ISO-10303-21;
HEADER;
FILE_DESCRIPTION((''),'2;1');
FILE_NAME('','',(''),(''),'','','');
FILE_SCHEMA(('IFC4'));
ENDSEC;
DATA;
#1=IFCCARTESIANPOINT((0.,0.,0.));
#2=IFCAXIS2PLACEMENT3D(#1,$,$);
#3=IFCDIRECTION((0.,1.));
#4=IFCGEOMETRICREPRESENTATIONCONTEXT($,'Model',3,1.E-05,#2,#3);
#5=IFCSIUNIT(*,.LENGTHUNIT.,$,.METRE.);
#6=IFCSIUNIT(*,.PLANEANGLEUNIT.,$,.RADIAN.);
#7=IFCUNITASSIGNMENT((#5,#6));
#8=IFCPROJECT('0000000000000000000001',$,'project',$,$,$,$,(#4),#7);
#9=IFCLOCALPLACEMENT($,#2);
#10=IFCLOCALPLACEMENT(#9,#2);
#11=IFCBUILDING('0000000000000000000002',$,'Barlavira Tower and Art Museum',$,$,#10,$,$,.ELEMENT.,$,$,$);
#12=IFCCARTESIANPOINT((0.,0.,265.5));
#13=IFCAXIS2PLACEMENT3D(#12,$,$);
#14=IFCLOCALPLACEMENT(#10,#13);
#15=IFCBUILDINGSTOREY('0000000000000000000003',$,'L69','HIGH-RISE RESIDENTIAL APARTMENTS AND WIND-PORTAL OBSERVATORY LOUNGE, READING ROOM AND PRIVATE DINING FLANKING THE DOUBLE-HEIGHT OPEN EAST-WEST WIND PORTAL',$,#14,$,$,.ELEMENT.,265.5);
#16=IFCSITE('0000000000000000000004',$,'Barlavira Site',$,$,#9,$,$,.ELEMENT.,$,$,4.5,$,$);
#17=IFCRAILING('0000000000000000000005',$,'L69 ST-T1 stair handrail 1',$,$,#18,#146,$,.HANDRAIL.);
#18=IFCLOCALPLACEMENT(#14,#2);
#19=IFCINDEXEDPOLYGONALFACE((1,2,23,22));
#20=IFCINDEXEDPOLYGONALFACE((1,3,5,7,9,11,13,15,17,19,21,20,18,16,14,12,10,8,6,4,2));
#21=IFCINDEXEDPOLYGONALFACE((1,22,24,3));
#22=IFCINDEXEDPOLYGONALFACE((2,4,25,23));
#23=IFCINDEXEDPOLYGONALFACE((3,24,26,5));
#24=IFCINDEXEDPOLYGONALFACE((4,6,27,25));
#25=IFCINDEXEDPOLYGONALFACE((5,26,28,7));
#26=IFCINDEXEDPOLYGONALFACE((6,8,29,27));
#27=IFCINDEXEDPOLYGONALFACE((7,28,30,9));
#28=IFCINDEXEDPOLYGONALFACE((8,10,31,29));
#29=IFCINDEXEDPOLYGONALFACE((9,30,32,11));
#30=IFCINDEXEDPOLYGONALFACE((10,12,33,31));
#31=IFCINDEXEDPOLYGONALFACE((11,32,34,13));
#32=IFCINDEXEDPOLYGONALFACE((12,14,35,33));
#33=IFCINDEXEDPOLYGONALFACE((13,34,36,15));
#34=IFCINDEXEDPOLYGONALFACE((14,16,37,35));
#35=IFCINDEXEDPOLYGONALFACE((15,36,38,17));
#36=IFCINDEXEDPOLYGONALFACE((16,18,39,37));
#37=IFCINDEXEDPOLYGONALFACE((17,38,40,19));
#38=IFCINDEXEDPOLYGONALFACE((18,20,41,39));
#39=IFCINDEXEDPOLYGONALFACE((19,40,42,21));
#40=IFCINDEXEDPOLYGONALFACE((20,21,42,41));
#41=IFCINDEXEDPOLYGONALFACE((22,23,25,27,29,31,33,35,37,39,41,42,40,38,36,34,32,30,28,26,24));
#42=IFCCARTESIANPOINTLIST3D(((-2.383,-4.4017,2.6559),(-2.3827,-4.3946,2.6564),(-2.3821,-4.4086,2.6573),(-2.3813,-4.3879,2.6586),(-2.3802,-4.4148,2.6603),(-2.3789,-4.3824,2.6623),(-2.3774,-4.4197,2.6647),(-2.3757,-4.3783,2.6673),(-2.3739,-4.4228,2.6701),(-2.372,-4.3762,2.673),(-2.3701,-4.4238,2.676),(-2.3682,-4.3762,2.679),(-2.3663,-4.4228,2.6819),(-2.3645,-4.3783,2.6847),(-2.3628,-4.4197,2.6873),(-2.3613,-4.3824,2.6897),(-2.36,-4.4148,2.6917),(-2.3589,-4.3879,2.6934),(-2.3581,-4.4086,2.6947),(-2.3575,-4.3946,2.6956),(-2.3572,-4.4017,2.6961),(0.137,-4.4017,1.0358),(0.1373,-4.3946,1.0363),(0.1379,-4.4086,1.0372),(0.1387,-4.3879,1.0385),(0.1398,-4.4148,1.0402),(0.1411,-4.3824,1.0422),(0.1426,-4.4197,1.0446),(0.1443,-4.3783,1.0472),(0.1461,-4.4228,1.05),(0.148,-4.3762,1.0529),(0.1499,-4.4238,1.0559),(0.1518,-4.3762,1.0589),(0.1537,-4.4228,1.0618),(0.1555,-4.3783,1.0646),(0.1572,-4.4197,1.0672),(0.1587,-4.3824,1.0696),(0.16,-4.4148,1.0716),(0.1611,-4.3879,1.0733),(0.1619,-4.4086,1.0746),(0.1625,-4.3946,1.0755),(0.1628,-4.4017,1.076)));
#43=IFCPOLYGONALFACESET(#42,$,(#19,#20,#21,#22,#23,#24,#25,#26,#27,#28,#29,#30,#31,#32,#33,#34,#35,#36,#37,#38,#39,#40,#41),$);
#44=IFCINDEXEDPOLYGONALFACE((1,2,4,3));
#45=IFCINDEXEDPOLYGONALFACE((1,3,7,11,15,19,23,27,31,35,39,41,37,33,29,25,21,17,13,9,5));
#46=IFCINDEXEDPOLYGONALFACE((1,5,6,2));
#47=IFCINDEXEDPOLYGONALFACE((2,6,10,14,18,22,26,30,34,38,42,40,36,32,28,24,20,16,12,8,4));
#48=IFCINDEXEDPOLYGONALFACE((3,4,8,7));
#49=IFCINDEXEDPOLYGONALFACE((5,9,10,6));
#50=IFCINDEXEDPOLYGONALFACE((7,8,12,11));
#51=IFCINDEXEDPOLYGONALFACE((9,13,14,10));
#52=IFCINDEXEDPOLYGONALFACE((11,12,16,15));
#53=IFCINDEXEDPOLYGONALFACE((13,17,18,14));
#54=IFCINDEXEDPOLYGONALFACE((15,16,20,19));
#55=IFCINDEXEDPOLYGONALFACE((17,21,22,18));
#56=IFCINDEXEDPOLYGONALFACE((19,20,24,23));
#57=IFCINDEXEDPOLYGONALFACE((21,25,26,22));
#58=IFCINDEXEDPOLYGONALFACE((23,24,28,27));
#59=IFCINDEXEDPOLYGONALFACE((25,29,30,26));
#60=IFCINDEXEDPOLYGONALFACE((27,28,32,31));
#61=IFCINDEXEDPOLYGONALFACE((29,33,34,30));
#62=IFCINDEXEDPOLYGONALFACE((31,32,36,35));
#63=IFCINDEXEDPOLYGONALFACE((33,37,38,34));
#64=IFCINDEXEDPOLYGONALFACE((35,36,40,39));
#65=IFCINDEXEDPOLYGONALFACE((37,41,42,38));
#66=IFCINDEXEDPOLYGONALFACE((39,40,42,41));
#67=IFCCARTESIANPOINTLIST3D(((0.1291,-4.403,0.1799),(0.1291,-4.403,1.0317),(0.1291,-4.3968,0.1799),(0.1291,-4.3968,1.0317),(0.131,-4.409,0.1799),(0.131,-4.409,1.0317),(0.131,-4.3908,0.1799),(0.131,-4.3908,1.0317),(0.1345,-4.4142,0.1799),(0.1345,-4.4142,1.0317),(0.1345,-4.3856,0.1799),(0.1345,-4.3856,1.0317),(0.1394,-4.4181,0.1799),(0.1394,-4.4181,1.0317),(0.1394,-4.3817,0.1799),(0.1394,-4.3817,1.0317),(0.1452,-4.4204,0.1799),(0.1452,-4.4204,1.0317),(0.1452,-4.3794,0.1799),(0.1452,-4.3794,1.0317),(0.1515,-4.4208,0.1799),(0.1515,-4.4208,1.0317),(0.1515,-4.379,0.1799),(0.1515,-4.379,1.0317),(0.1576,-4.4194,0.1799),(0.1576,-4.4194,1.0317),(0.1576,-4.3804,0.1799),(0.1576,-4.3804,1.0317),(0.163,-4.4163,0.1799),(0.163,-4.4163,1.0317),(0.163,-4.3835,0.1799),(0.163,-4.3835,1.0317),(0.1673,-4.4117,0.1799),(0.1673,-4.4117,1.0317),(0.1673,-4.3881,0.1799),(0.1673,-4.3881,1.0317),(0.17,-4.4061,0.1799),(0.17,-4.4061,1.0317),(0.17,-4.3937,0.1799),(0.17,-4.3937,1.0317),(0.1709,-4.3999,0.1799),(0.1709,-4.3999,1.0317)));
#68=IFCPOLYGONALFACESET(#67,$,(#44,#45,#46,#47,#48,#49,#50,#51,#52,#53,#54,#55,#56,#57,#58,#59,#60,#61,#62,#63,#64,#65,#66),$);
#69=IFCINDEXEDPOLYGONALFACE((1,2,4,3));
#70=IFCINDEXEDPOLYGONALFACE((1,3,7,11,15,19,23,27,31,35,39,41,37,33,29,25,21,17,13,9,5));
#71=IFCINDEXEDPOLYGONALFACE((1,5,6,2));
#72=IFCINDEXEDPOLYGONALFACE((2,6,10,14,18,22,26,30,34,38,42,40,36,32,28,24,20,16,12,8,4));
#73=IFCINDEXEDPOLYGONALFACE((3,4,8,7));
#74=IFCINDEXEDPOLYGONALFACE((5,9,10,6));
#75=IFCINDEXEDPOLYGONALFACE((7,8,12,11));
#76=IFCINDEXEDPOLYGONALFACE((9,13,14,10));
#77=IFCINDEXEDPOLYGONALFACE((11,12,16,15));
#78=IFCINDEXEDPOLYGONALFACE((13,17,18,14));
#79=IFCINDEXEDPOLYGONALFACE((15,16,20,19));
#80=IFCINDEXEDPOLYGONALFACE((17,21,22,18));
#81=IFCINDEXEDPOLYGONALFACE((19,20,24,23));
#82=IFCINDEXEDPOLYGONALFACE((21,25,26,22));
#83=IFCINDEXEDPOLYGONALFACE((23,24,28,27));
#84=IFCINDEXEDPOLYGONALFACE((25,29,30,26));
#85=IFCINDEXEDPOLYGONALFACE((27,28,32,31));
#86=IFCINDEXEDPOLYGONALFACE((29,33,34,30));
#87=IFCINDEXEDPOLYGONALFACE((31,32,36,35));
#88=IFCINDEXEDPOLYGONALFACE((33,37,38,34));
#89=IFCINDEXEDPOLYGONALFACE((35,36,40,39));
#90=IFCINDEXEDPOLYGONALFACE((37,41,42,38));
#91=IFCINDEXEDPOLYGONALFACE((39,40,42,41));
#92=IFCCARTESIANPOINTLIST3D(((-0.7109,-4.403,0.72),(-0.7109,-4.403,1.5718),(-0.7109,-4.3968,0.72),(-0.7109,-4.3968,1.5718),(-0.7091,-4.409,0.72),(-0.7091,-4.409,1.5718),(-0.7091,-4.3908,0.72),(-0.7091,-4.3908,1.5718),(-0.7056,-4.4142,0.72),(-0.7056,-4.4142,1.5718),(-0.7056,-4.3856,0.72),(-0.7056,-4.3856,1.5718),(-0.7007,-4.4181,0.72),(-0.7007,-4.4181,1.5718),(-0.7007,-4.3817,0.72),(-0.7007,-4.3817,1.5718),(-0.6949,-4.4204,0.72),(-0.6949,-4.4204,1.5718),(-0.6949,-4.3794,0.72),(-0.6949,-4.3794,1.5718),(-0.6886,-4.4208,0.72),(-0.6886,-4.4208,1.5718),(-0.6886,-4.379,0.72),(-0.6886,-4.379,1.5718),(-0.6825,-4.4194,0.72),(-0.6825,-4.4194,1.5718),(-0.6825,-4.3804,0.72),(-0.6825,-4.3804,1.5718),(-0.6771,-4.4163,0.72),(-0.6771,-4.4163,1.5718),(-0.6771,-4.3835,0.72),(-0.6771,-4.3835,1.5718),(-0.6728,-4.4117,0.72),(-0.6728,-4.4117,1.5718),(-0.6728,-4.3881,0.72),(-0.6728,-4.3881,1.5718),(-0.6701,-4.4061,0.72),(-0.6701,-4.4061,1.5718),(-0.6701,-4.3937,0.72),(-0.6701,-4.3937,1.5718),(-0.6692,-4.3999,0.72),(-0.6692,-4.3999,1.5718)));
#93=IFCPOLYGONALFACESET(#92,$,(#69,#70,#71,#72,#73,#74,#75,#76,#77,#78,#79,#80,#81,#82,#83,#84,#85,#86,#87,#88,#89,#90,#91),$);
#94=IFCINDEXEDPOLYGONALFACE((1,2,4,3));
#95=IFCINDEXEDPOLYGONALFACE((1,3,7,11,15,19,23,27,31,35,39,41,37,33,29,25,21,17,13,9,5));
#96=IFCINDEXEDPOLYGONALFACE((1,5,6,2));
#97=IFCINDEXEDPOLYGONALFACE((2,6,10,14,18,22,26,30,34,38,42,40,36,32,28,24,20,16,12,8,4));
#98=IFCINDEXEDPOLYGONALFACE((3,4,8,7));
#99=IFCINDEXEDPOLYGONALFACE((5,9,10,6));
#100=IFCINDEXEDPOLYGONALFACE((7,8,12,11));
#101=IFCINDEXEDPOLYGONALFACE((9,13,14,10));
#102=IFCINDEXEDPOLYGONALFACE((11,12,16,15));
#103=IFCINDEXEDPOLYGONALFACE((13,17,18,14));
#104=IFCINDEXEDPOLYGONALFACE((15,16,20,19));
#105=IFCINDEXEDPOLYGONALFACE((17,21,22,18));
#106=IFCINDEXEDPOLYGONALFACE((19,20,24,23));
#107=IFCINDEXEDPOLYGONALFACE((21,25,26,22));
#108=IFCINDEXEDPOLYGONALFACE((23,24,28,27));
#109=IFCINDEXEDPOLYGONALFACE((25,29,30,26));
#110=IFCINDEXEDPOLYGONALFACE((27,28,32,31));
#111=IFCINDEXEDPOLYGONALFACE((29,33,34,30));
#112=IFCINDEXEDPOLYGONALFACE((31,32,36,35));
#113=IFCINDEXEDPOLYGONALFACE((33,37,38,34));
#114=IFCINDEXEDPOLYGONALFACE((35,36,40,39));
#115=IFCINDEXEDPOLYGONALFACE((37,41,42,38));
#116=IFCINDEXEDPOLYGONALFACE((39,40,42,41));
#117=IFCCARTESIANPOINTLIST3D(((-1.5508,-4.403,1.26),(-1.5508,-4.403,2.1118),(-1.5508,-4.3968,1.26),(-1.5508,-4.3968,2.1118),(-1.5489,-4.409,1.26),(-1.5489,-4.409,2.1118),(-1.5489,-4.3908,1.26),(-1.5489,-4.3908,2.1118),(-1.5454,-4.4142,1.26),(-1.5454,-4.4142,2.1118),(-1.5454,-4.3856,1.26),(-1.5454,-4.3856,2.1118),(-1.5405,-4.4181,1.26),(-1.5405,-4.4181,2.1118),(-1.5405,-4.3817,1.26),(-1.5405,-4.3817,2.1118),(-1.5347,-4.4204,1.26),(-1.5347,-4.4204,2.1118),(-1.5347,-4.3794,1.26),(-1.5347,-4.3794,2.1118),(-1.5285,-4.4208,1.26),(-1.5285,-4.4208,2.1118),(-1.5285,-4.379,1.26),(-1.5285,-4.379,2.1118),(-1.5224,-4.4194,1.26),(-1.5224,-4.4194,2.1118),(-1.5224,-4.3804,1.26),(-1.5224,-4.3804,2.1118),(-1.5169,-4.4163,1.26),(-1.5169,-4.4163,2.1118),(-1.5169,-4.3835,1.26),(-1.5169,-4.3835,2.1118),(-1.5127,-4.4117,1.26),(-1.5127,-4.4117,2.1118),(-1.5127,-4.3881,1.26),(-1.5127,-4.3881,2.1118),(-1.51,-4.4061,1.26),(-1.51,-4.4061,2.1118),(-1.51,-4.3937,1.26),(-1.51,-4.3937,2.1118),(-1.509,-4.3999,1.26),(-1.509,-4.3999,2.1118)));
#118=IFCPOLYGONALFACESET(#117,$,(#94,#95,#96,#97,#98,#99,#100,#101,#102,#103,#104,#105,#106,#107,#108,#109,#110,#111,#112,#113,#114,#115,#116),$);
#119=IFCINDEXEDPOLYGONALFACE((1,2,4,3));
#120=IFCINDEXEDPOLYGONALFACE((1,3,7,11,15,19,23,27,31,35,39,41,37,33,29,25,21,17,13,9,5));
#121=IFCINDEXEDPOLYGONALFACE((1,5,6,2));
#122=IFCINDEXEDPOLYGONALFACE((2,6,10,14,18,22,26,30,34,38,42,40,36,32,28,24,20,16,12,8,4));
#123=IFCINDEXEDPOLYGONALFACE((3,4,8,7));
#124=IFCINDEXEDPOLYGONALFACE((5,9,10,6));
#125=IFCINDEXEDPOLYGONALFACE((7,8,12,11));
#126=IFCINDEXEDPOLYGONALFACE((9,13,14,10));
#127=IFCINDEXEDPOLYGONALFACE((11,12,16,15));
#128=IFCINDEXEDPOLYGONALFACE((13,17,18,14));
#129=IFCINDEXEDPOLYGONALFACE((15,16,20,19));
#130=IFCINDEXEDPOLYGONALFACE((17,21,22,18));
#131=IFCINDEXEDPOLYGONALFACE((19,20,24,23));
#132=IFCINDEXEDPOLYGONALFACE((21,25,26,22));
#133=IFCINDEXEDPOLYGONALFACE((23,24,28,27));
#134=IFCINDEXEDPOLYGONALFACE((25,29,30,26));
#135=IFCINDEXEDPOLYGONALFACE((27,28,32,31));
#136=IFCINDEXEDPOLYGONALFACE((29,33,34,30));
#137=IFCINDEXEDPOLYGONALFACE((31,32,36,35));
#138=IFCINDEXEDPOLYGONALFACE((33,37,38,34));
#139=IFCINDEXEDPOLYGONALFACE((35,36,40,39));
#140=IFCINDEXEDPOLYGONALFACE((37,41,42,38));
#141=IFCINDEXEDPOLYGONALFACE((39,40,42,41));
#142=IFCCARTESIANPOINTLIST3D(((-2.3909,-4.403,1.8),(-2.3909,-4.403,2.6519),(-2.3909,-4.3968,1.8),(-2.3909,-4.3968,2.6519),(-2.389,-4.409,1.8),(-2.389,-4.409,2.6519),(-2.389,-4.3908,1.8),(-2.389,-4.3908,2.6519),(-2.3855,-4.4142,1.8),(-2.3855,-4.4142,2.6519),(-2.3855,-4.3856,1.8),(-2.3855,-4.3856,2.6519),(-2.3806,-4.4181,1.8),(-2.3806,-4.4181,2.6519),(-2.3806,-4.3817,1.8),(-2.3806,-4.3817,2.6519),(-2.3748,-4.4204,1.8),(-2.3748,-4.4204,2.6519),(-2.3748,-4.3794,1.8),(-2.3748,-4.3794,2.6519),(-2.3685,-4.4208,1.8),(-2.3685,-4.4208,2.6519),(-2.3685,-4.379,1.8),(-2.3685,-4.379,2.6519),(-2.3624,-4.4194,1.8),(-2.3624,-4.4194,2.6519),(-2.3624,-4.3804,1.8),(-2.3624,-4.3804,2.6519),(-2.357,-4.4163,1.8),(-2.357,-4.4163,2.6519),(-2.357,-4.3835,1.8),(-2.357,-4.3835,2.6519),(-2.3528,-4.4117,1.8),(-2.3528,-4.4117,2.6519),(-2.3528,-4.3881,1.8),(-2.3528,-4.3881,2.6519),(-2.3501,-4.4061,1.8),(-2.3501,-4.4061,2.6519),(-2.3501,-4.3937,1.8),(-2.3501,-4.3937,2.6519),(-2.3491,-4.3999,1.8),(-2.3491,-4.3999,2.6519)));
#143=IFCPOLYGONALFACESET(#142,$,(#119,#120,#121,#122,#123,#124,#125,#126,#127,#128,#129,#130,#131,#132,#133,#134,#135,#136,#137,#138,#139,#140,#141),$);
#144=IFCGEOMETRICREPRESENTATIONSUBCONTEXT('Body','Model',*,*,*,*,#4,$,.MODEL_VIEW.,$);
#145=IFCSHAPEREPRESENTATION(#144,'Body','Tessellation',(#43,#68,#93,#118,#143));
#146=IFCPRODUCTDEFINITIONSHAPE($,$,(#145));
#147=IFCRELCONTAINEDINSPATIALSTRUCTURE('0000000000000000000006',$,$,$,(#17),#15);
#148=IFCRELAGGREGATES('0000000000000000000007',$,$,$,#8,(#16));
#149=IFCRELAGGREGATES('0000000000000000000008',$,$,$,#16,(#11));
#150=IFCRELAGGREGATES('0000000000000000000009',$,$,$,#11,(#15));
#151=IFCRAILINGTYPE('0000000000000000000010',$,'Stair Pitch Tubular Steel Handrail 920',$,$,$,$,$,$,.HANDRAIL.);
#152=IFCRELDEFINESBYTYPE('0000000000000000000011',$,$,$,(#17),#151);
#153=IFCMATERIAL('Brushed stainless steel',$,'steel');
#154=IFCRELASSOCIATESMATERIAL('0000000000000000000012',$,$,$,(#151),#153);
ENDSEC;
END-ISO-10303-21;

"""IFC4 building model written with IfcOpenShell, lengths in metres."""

from ifc_helpers import new_model, si_unit, direction, frame, origin, origin_2d, place, context, subcontext, project, spatial, circle, extrude, material, type_object, element, save


model = new_model("IFC4")

# Units and contexts
model_context = context("Model", 3, precision=1e-05, world=origin(), true_north=direction((0.0, 1.0)))
body_context = subcontext(model_context, "Body", "Model", "MODEL_VIEW")
ifc_project = project(units=[si_unit("LENGTHUNIT", "METRE"), si_unit("PLANEANGLEUNIT", "RADIAN")], contexts=[model_context])

# Site, building, storey
site_placement = place(None, origin())
site = spatial("IfcSite", under=ifc_project, at=site_placement, Name="Barlavira Site", CompositionType="ELEMENT", RefElevation=4.5)
building_placement = place(site_placement, origin())
building = spatial("IfcBuilding", under=site, at=building_placement, Name="Barlavira Tower and Art Museum", CompositionType="ELEMENT")
storey_placement = place(building_placement, frame((0.0, 0.0, 265.5)))
storey = spatial("IfcBuildingStorey", under=building, at=storey_placement, Name="L69", Description="HIGH-RISE RESIDENTIAL APARTMENTS AND WIND-PORTAL OBSERVATORY LOUNGE, READING ROOM AND PRIVATE DINING FLANKING THE DOUBLE-HEIGHT OPEN EAST-WEST WIND PORTAL", CompositionType="ELEMENT", Elevation=265.5)

# Shared definitions
ifc_material_1 = material(Name="Brushed stainless steel", Category="steel")

# Railing
railing_type = type_object("IfcRailingType", Name="Stair Pitch Tubular Steel Handrail 920", PredefinedType="HANDRAIL", material=ifc_material_1)
railing_placement = place(storey_placement, frame((0.1499, -4.3999, 0.1799)))
element("IfcRailing", 1, at=railing_placement, inside=storey, type_object=railing_type, Name="L69 ST-T1 stair handrail 1", PredefinedType="HANDRAIL", context=body_context, shape_type="SweptSolid", body=[
    extrude(circle(Radius=0.0239, at=origin_2d()), frame((0.0, 0.0, 0.876), z_axis=(-0.841163, 0.0, 0.540782), x_axis=(0.0, -1.0, 0.0)), (0.0, 0.0, 1.0), 2.9958),
    extrude(circle(Radius=0.021, at=origin_2d()), origin(), (0.0, 0.0, 1.0), 0.8518),
    extrude(circle(Radius=0.021, at=origin_2d()), frame((-0.8401, 0.0, 0.54)), (0.0, 0.0, 1.0), 0.8518),
    extrude(circle(Radius=0.021, at=origin_2d()), frame((-1.6799, 0.0, 1.0801)), (0.0, 0.0, 1.0), 0.8518),
    extrude(circle(Radius=0.021, at=origin_2d()), frame((-2.52, 0.0, 1.6201)), (0.0, 0.0, 1.0), 0.8518),
])

save(model, "model.ifc")
